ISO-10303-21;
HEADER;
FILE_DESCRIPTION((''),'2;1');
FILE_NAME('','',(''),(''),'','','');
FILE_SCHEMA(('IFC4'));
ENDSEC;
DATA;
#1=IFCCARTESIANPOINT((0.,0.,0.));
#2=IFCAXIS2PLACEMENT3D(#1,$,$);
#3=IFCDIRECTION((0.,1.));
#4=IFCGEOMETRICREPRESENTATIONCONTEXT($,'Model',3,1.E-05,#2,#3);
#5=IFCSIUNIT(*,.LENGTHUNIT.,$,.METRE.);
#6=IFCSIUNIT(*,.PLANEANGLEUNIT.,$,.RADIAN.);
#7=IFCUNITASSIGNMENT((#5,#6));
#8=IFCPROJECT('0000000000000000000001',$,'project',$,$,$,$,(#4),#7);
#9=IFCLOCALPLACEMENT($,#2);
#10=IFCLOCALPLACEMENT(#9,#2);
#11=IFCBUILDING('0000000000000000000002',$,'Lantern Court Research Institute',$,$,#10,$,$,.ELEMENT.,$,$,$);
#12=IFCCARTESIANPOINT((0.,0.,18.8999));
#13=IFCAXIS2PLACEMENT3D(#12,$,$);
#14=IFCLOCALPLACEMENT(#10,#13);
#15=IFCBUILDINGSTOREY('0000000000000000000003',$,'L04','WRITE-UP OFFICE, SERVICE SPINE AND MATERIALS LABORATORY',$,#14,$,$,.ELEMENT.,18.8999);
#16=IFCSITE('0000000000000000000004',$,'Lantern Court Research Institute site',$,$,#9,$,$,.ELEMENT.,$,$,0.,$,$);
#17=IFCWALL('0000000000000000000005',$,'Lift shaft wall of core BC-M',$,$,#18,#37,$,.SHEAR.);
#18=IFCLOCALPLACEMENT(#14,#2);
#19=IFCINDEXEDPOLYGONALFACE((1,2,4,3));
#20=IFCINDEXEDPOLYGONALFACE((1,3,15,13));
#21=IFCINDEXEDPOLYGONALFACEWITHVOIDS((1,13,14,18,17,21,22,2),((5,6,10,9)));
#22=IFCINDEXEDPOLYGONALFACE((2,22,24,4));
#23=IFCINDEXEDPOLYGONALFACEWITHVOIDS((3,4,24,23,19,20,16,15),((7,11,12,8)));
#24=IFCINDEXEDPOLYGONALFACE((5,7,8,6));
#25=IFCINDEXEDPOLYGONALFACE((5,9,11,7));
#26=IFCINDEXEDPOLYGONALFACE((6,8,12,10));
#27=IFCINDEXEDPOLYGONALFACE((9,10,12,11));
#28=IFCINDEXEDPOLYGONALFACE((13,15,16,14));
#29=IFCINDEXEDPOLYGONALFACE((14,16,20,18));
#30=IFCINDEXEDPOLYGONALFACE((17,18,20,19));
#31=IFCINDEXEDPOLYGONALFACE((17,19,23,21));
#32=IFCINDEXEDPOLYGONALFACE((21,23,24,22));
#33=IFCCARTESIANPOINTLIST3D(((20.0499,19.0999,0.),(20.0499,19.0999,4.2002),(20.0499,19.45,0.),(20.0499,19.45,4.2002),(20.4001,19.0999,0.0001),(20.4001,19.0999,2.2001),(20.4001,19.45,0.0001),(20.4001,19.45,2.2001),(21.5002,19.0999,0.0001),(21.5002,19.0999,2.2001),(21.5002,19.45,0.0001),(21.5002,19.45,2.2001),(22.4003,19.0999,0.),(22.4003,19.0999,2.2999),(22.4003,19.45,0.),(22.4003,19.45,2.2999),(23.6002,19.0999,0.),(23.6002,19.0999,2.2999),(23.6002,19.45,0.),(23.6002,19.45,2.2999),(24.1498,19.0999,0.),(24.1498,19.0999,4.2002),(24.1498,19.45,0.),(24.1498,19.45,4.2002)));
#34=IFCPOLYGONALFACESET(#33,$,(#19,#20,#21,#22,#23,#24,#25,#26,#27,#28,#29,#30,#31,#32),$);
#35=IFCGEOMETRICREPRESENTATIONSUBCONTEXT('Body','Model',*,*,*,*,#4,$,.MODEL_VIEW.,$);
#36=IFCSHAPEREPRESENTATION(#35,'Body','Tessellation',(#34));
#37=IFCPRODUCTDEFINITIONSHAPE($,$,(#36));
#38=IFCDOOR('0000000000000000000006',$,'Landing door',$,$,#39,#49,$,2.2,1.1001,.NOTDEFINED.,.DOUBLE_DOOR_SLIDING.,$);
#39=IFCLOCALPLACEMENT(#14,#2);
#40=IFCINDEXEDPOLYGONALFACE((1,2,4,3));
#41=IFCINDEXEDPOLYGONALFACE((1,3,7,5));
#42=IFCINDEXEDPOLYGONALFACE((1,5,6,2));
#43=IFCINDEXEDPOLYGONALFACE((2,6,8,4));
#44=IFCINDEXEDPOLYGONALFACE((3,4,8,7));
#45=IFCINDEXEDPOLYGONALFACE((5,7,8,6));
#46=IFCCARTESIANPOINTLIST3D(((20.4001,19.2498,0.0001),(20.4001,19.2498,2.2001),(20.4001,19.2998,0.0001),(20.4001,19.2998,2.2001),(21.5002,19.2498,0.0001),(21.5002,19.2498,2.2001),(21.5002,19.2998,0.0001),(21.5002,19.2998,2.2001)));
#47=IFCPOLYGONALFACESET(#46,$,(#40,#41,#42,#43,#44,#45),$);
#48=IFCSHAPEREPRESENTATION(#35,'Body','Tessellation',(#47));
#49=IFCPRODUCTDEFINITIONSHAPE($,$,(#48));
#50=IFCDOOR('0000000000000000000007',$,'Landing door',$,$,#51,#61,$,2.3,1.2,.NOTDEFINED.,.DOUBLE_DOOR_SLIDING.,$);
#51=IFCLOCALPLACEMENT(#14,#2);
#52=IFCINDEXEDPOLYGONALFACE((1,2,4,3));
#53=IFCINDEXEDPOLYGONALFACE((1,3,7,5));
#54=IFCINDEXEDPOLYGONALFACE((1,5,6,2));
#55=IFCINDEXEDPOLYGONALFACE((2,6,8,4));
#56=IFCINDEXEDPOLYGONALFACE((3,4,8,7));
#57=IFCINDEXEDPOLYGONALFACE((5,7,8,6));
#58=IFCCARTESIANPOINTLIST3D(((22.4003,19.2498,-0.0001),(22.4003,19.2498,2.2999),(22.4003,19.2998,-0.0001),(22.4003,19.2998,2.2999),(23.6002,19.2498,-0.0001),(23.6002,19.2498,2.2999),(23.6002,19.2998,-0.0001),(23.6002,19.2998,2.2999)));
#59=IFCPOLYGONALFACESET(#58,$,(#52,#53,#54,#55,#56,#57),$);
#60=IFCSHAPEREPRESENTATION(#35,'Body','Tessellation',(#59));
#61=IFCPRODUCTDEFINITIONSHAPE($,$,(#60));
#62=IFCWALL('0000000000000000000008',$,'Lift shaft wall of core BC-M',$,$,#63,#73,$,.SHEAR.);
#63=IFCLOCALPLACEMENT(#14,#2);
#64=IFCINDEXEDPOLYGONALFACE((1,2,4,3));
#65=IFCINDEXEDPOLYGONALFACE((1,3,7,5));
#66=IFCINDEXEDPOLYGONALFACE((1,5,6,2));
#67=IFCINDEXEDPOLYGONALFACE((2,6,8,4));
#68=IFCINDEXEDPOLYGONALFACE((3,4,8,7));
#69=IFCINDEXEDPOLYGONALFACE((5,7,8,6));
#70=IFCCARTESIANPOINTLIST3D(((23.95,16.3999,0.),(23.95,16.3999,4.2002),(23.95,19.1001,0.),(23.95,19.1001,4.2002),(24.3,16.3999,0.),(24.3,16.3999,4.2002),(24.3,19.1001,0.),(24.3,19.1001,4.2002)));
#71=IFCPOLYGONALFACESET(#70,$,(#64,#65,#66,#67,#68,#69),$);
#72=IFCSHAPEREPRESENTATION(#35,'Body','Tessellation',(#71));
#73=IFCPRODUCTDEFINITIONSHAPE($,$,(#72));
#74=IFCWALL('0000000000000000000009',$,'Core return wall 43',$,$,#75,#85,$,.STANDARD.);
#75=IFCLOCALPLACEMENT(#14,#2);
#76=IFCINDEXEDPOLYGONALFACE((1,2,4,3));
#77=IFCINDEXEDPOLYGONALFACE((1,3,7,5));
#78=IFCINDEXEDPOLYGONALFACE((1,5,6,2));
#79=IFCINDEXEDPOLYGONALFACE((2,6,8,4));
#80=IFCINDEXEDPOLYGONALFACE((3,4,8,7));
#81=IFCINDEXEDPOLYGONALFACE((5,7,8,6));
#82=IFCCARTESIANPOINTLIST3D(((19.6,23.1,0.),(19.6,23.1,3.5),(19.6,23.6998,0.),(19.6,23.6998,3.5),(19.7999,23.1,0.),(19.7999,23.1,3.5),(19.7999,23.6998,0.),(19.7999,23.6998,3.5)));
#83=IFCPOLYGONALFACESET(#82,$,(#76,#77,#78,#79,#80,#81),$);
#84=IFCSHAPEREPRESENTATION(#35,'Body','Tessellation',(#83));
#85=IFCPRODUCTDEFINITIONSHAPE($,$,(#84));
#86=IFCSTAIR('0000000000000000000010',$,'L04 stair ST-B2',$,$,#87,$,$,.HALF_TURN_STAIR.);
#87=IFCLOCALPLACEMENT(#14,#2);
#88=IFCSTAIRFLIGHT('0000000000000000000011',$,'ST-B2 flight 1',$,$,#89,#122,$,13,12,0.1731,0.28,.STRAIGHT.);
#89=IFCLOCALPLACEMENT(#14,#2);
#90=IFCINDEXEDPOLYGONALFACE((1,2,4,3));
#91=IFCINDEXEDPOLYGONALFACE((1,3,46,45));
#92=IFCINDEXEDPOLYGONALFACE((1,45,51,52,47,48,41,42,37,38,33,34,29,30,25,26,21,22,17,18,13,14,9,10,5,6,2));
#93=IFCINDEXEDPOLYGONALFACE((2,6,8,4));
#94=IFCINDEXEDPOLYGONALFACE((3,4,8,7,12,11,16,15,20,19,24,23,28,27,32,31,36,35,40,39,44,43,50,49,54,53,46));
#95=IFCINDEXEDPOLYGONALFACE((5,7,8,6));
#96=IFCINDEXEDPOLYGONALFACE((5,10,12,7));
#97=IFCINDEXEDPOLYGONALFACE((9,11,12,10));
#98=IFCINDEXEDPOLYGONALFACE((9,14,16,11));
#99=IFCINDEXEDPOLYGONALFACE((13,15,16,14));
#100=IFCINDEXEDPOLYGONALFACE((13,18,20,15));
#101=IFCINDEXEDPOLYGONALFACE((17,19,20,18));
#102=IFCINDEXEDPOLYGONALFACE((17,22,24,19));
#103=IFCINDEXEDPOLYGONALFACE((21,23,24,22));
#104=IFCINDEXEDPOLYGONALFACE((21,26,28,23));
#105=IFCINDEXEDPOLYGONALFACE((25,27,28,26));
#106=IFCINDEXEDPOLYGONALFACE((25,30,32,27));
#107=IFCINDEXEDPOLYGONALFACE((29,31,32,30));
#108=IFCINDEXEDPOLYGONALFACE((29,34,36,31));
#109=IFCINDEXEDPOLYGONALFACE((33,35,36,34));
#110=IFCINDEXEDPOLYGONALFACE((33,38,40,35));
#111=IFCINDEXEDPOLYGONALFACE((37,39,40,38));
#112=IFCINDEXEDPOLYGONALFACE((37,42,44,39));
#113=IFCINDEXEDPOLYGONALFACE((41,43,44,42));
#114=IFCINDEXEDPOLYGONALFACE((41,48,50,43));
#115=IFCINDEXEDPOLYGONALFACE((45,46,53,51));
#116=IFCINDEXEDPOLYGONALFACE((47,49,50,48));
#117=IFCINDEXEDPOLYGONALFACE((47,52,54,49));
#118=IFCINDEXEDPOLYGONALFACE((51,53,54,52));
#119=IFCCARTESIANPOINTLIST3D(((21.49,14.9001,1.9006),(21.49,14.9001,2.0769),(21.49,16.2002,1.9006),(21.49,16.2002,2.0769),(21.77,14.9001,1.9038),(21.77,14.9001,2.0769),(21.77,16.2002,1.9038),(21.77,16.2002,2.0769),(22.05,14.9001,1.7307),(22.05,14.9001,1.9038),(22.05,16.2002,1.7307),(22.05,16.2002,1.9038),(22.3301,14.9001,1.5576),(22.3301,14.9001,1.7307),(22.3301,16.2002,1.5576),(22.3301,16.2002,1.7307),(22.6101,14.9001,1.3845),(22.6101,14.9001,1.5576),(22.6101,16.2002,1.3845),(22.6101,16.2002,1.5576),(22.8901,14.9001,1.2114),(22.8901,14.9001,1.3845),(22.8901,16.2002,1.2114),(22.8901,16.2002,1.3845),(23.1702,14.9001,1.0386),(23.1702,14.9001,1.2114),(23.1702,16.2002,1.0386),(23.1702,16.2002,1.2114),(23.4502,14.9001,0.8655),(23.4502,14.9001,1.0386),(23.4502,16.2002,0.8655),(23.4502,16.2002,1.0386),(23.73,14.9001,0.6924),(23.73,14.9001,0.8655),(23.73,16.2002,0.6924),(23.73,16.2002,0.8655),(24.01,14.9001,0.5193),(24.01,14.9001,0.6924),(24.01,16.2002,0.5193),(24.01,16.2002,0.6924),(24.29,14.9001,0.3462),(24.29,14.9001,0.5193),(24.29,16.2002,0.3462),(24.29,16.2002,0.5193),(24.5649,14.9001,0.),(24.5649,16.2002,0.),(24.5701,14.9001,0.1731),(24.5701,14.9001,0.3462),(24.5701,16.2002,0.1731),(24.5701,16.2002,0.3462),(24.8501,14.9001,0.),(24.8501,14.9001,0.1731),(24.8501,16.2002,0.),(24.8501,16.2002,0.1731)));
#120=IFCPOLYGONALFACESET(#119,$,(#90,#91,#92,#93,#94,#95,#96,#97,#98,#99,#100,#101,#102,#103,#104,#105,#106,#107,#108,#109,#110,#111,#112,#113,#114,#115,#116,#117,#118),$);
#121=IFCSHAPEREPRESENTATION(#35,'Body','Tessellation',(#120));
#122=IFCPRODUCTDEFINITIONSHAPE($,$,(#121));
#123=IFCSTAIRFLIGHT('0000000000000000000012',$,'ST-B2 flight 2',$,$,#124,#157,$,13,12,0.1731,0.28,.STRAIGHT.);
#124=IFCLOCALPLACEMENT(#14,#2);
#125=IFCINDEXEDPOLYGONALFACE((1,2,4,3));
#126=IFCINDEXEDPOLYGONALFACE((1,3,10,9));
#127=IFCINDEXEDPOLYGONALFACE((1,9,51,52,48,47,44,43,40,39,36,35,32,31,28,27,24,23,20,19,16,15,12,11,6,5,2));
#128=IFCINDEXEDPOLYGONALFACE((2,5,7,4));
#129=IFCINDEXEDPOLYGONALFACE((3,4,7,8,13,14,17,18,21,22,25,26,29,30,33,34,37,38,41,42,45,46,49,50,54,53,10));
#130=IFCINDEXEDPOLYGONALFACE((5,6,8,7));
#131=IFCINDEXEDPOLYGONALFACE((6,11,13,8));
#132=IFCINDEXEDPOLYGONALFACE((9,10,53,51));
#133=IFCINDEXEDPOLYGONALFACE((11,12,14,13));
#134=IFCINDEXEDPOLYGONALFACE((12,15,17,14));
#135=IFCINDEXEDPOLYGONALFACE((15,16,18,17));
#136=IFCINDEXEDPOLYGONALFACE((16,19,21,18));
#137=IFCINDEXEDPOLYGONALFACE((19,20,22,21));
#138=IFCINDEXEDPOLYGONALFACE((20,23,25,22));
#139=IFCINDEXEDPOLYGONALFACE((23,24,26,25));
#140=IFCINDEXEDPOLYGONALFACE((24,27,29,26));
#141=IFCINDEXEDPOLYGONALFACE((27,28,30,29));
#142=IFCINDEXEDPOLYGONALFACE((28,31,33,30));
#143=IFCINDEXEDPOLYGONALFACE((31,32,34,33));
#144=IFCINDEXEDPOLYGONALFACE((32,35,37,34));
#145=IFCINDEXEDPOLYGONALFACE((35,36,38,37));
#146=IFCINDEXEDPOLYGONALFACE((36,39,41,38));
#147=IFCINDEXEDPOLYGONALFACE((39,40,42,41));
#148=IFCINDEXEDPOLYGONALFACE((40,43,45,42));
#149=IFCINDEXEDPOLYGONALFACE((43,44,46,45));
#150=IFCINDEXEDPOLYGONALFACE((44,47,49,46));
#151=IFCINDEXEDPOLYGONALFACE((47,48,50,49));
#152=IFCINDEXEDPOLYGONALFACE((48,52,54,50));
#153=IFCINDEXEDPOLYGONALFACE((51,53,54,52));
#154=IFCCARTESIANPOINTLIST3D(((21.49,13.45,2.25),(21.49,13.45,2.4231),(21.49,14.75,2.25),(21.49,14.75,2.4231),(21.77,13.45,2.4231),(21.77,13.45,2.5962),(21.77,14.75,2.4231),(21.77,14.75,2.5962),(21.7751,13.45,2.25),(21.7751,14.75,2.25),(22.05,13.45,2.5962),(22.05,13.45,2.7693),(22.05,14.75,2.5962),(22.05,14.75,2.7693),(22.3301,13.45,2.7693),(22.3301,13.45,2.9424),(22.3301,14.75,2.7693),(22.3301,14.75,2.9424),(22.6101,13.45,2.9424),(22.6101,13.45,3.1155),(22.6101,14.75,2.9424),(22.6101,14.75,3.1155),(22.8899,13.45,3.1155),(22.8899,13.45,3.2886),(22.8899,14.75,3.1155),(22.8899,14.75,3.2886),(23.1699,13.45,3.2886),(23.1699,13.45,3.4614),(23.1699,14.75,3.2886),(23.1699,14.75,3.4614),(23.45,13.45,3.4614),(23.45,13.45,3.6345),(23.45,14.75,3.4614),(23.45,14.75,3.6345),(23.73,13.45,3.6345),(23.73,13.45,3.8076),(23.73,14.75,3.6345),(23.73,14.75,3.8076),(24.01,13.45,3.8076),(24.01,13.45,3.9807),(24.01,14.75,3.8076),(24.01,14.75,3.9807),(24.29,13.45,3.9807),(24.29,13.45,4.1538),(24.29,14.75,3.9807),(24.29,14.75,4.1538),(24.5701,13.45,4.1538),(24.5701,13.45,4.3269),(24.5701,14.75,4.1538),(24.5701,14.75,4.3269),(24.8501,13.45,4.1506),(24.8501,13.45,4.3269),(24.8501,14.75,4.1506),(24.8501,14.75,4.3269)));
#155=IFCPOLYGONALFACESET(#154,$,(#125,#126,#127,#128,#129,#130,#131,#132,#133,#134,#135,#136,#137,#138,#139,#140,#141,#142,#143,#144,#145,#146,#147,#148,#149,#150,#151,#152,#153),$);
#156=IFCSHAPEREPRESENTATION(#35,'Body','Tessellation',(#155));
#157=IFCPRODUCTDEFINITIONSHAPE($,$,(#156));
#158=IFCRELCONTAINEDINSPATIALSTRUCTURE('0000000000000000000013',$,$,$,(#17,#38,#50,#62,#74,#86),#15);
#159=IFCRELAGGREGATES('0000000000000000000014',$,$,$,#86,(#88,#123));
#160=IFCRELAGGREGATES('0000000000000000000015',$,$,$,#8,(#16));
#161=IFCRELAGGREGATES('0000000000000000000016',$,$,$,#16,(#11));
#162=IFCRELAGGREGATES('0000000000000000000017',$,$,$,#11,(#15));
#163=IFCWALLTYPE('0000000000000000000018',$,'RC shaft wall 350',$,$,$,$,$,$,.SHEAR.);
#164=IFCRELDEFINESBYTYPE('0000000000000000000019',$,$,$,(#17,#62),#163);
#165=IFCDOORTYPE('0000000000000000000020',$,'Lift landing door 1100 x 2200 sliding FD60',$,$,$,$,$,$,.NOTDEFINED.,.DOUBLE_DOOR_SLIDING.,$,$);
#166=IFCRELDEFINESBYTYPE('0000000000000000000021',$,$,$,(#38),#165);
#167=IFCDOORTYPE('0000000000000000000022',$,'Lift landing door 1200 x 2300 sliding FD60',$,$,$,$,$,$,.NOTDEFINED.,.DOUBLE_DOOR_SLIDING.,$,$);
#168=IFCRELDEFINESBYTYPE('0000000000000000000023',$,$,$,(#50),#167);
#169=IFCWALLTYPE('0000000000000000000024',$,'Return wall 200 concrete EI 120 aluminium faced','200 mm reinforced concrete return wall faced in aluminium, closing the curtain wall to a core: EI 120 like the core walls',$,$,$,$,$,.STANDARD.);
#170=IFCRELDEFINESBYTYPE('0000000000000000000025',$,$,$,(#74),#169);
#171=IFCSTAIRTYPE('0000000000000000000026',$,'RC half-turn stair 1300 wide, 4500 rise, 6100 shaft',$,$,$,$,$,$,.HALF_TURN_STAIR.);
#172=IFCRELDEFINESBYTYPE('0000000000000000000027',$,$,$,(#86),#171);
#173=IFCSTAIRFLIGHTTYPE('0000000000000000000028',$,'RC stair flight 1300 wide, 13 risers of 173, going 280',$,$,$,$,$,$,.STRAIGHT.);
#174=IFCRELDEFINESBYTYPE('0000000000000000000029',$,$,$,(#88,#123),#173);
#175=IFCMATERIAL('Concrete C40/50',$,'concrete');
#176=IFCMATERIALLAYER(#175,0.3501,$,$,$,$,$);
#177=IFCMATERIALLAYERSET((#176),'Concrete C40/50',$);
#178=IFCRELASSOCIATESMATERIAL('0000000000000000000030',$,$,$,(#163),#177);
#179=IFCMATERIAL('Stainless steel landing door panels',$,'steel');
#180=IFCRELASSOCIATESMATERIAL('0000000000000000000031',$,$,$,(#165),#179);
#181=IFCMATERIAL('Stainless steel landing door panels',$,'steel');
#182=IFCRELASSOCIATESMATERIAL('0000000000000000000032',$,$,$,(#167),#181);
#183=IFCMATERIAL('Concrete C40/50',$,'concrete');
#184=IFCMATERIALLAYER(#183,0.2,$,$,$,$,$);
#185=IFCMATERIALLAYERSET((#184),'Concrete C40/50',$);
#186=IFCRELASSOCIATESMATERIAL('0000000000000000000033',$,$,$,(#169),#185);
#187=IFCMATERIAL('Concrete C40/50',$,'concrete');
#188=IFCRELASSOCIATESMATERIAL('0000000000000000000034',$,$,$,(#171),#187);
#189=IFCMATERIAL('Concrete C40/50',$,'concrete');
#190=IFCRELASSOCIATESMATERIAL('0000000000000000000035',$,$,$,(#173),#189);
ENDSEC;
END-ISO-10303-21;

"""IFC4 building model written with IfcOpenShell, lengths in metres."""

from ifc_helpers import new_model, si_unit, direction, frame, frame_2d, origin, place, context, subcontext, project, spatial, polyline, rectangle, outline, extrude, material, layer, layer_set, type_object, element, fill, aggregate, save


model = new_model("IFC4")

# Units and contexts
model_context = context("Model", 3, precision=1e-05, world=origin(), true_north=direction((0.0, 1.0)))
body_context = subcontext(model_context, "Body", "Model", "MODEL_VIEW")
ifc_project = project(units=[si_unit("LENGTHUNIT", "METRE"), si_unit("PLANEANGLEUNIT", "RADIAN")], contexts=[model_context])

# Site, building, storey
site_placement = place(None, origin())
site = spatial("IfcSite", under=ifc_project, at=site_placement, Name="Lantern Court Research Institute site", CompositionType="ELEMENT", RefElevation=0.0)
building_placement = place(site_placement, origin())
building = spatial("IfcBuilding", under=site, at=building_placement, Name="Lantern Court Research Institute", CompositionType="ELEMENT")
storey_placement = place(building_placement, frame((0.0, 0.0, 18.8999)))
storey = spatial("IfcBuildingStorey", under=building, at=storey_placement, Name="L04", Description="WRITE-UP OFFICE, SERVICE SPINE AND MATERIALS LABORATORY", CompositionType="ELEMENT", Elevation=18.8999)

# Wall, openings, doors
ifc_material_1 = material(Name="Concrete C40/50", Category="concrete")
ifc_layer_1 = layer(ifc_material_1, 0.3501)
ifc_layer_set_1 = layer_set([ifc_layer_1], Name="Concrete C40/50")
wall_type_1 = type_object("IfcWallType", Name="RC shaft wall 350", PredefinedType="SHEAR", material=ifc_layer_set_1)
wall_1_placement = place(storey_placement, frame((20.05, 19.2749, 0.0), z_axis=(0.0, 0.0, 1.0), x_axis=(1.0, 0.0, 0.0)))
wall_1 = element("IfcWall", 1, at=wall_1_placement, inside=storey, type_object=wall_type_1, Name="Lift shaft wall of core BC-M", PredefinedType="SHEAR", context=body_context, shape_type="SweptSolid", body=[
    extrude(rectangle(XDim=4.0999, YDim=0.3501, at=frame_2d((2.0498, 0.0))), origin(), (0.0, 0.0, 1.0), 4.2002),
])
opening_1_placement = place(wall_1_placement, frame((0.3501, 0.0, 0.0)))
opening_1 = element("IfcOpeningElement", 2, at=opening_1_placement, cuts=wall_1, PredefinedType="OPENING", context=body_context, shape_type="SweptSolid", body=[
    extrude(rectangle(XDim=1.1001, YDim=2.2, at=frame_2d((0.55, 1.1001))), frame((0.0, 0.1851, 0.0), z_axis=(0.0, -1.0, 0.0), x_axis=(1.0, 0.0, 0.0)), (0.0, 0.0, 1.0), 0.3701),
])
opening_2_placement = place(wall_1_placement, frame((2.3501, 0.0, 0.0)))
opening_2 = element("IfcOpeningElement", 3, at=opening_2_placement, cuts=wall_1, PredefinedType="OPENING", context=body_context, shape_type="SweptSolid", body=[
    extrude(rectangle(XDim=1.2, YDim=2.3, at=frame_2d((0.6001, 1.1499))), frame((0.0, 0.1851, 0.0), z_axis=(0.0, -1.0, 0.0), x_axis=(1.0, 0.0, 0.0)), (0.0, 0.0, 1.0), 0.3701),
])
ifc_material_2 = material(Name="Stainless steel landing door panels", Category="steel")
door_type_1 = type_object("IfcDoorType", Name="Lift landing door 1100 x 2200 sliding FD60", OperationType="DOUBLE_DOOR_SLIDING", PredefinedType="NOTDEFINED", material=ifc_material_2)
door_1_placement = place(opening_1_placement, origin())
door_1 = element("IfcDoor", 4, at=door_1_placement, inside=storey, type_object=door_type_1, Name="Landing door", OperationType="DOUBLE_DOOR_SLIDING", OverallHeight=2.2, OverallWidth=1.1001, PredefinedType="NOTDEFINED", context=body_context, shape_type="SweptSolid", body=[
    extrude(rectangle(XDim=1.1001, YDim=2.2, at=frame_2d((0.55, 1.1001))), frame((0.0, 0.0249, 0.0), z_axis=(0.0, -1.0, 0.0), x_axis=(1.0, 0.0, 0.0)), (0.0, 0.0, 1.0), 0.05),
])
fill(opening_1, door_1)
ifc_material_3 = material(Name="Stainless steel landing door panels", Category="steel")
door_type_2 = type_object("IfcDoorType", Name="Lift landing door 1200 x 2300 sliding FD60", OperationType="DOUBLE_DOOR_SLIDING", PredefinedType="NOTDEFINED", material=ifc_material_3)
door_2_placement = place(opening_2_placement, origin())
door_2 = element("IfcDoor", 5, at=door_2_placement, inside=storey, type_object=door_type_2, Name="Landing door", OperationType="DOUBLE_DOOR_SLIDING", OverallHeight=2.3, OverallWidth=1.2, PredefinedType="NOTDEFINED", context=body_context, shape_type="SweptSolid", body=[
    extrude(rectangle(XDim=1.2, YDim=2.3, at=frame_2d((0.6001, 1.1499))), frame((0.0, 0.0249, 0.0), z_axis=(0.0, -1.0, 0.0), x_axis=(1.0, 0.0, 0.0)), (0.0, 0.0, 1.0), 0.05),
])
fill(opening_2, door_2)

# Walls
wall_2_placement = place(storey_placement, frame((24.125, 16.3999, 0.0), z_axis=(0.0, 0.0, 1.0), x_axis=(0.0, 1.0, 0.0)))
element("IfcWall", 6, at=wall_2_placement, inside=storey, type_object=wall_type_1, Name="Lift shaft wall of core BC-M", PredefinedType="SHEAR", context=body_context, shape_type="SweptSolid", body=[
    extrude(rectangle(XDim=2.7002, YDim=0.3501, at=frame_2d((1.3501, 0.0))), origin(), (0.0, 0.0, 1.0), 4.2002),
])
ifc_material_4 = material(Name="Concrete C40/50", Category="concrete")
ifc_layer_2 = layer(ifc_material_4, 0.2)
ifc_layer_set_2 = layer_set([ifc_layer_2], Name="Concrete C40/50")
wall_type_2 = type_object("IfcWallType", Name="Return wall 200 concrete EI 120 aluminium faced", Description="200 mm reinforced concrete return wall faced in aluminium, closing the curtain wall to a core: EI 120 like the core walls", PredefinedType="STANDARD", material=ifc_layer_set_2)
wall_3_placement = place(storey_placement, frame((19.7, 23.1001, 0.0), z_axis=(0.0, 0.0, 1.0), x_axis=(0.0, 1.0, 0.0)))
element("IfcWall", 7, at=wall_3_placement, inside=storey, type_object=wall_type_2, Name="Core return wall 43", PredefinedType="STANDARD", context=body_context, shape_type="SweptSolid", body=[
    extrude(rectangle(XDim=0.5999, YDim=0.2, at=frame_2d((0.2998, 0.0))), origin(), (0.0, 0.0, 1.0), 3.5),
])

# Stair, stair flights
ifc_material_5 = material(Name="Concrete C40/50", Category="concrete")
stair_type = type_object("IfcStairType", Name="RC half-turn stair 1300 wide, 4500 rise, 6100 shaft", PredefinedType="HALF_TURN_STAIR", material=ifc_material_5)
stair_placement = place(storey_placement, origin())
stair = element("IfcStair", 8, at=stair_placement, inside=storey, type_object=stair_type, Name="L04 stair ST-B2", PredefinedType="HALF_TURN_STAIR")
ifc_material_6 = material(Name="Concrete C40/50", Category="concrete")
stair_flight_type = type_object("IfcStairFlightType", Name="RC stair flight 1300 wide, 13 risers of 173, going 280", PredefinedType="STRAIGHT", material=ifc_material_6)
stair_flight_1_placement = place(storey_placement, frame((24.8501, 15.55, 0.0), z_axis=(0.0, 0.0, 1.0), x_axis=(-1.0, 0.0, 0.0)))
stair_flight_1 = element("IfcStairFlight", 9, at=stair_flight_1_placement, type_object=stair_flight_type, Name="ST-B2 flight 1", NumberOfRisers=13, NumberOfTreads=12, PredefinedType="STRAIGHT", RiserHeight=0.1731, TreadLength=0.28, context=body_context, shape_type="SweptSolid", body=[
    extrude(outline(polyline([(0.0, 0.0), (0.0, 0.1731), (0.28, 0.1731), (0.28, 0.3462), (0.5601, 0.3462), (0.5601, 0.5193), (0.8401, 0.5193), (0.8401, 0.6924), (1.1201, 0.6924), (1.1201, 0.8655), (1.3999, 0.8655), (1.3999, 1.0386), (1.6799, 1.0386), (1.6799, 1.2114), (1.96, 1.2114), (1.96, 1.3845), (2.24, 1.3845), (2.24, 1.5576), (2.52, 1.5576), (2.52, 1.7307), (2.8, 1.7307), (2.8, 1.9038), (3.0801, 1.9038), (3.0801, 2.0769), (3.3601, 2.0769), (3.3601, 2.25), (3.3601, 1.9006), (0.2852, 0.0), (0.0, 0.0)])), frame((0.0, 0.6499, 0.0), z_axis=(0.0, -1.0, 0.0), x_axis=(1.0, 0.0, 0.0)), (0.0, 0.0, 1.0), 1.3),
])
stair_flight_2_placement = place(storey_placement, frame((21.49, 14.1001, 2.25), z_axis=(0.0, 0.0, 1.0), x_axis=(1.0, 0.0, 0.0)))
stair_flight_2 = element("IfcStairFlight", 10, at=stair_flight_2_placement, type_object=stair_flight_type, Name="ST-B2 flight 2", NumberOfRisers=13, NumberOfTreads=12, PredefinedType="STRAIGHT", RiserHeight=0.1731, TreadLength=0.28, context=body_context, shape_type="SweptSolid", body=[
    extrude(outline(polyline([(0.0, 0.0), (0.0, 0.1731), (0.28, 0.1731), (0.28, 0.3462), (0.5601, 0.3462), (0.5601, 0.5193), (0.8401, 0.5193), (0.8401, 0.6924), (1.1201, 0.6924), (1.1201, 0.8655), (1.3999, 0.8655), (1.3999, 1.0386), (1.6799, 1.0386), (1.6799, 1.2114), (1.96, 1.2114), (1.96, 1.3845), (2.24, 1.3845), (2.24, 1.5576), (2.52, 1.5576), (2.52, 1.7307), (2.8, 1.7307), (2.8, 1.9038), (3.0801, 1.9038), (3.0801, 2.0769), (3.3601, 2.0769), (3.3601, 2.25), (3.3601, 1.9006), (0.2852, 0.0), (0.0, 0.0)])), frame((0.0, 0.6499, 0.0), z_axis=(0.0, -1.0, 0.0), x_axis=(1.0, 0.0, 0.0)), (0.0, 0.0, 1.0), 1.3),
])
aggregate(stair, [stair_flight_1, stair_flight_2])

save(model, "model.ifc")
